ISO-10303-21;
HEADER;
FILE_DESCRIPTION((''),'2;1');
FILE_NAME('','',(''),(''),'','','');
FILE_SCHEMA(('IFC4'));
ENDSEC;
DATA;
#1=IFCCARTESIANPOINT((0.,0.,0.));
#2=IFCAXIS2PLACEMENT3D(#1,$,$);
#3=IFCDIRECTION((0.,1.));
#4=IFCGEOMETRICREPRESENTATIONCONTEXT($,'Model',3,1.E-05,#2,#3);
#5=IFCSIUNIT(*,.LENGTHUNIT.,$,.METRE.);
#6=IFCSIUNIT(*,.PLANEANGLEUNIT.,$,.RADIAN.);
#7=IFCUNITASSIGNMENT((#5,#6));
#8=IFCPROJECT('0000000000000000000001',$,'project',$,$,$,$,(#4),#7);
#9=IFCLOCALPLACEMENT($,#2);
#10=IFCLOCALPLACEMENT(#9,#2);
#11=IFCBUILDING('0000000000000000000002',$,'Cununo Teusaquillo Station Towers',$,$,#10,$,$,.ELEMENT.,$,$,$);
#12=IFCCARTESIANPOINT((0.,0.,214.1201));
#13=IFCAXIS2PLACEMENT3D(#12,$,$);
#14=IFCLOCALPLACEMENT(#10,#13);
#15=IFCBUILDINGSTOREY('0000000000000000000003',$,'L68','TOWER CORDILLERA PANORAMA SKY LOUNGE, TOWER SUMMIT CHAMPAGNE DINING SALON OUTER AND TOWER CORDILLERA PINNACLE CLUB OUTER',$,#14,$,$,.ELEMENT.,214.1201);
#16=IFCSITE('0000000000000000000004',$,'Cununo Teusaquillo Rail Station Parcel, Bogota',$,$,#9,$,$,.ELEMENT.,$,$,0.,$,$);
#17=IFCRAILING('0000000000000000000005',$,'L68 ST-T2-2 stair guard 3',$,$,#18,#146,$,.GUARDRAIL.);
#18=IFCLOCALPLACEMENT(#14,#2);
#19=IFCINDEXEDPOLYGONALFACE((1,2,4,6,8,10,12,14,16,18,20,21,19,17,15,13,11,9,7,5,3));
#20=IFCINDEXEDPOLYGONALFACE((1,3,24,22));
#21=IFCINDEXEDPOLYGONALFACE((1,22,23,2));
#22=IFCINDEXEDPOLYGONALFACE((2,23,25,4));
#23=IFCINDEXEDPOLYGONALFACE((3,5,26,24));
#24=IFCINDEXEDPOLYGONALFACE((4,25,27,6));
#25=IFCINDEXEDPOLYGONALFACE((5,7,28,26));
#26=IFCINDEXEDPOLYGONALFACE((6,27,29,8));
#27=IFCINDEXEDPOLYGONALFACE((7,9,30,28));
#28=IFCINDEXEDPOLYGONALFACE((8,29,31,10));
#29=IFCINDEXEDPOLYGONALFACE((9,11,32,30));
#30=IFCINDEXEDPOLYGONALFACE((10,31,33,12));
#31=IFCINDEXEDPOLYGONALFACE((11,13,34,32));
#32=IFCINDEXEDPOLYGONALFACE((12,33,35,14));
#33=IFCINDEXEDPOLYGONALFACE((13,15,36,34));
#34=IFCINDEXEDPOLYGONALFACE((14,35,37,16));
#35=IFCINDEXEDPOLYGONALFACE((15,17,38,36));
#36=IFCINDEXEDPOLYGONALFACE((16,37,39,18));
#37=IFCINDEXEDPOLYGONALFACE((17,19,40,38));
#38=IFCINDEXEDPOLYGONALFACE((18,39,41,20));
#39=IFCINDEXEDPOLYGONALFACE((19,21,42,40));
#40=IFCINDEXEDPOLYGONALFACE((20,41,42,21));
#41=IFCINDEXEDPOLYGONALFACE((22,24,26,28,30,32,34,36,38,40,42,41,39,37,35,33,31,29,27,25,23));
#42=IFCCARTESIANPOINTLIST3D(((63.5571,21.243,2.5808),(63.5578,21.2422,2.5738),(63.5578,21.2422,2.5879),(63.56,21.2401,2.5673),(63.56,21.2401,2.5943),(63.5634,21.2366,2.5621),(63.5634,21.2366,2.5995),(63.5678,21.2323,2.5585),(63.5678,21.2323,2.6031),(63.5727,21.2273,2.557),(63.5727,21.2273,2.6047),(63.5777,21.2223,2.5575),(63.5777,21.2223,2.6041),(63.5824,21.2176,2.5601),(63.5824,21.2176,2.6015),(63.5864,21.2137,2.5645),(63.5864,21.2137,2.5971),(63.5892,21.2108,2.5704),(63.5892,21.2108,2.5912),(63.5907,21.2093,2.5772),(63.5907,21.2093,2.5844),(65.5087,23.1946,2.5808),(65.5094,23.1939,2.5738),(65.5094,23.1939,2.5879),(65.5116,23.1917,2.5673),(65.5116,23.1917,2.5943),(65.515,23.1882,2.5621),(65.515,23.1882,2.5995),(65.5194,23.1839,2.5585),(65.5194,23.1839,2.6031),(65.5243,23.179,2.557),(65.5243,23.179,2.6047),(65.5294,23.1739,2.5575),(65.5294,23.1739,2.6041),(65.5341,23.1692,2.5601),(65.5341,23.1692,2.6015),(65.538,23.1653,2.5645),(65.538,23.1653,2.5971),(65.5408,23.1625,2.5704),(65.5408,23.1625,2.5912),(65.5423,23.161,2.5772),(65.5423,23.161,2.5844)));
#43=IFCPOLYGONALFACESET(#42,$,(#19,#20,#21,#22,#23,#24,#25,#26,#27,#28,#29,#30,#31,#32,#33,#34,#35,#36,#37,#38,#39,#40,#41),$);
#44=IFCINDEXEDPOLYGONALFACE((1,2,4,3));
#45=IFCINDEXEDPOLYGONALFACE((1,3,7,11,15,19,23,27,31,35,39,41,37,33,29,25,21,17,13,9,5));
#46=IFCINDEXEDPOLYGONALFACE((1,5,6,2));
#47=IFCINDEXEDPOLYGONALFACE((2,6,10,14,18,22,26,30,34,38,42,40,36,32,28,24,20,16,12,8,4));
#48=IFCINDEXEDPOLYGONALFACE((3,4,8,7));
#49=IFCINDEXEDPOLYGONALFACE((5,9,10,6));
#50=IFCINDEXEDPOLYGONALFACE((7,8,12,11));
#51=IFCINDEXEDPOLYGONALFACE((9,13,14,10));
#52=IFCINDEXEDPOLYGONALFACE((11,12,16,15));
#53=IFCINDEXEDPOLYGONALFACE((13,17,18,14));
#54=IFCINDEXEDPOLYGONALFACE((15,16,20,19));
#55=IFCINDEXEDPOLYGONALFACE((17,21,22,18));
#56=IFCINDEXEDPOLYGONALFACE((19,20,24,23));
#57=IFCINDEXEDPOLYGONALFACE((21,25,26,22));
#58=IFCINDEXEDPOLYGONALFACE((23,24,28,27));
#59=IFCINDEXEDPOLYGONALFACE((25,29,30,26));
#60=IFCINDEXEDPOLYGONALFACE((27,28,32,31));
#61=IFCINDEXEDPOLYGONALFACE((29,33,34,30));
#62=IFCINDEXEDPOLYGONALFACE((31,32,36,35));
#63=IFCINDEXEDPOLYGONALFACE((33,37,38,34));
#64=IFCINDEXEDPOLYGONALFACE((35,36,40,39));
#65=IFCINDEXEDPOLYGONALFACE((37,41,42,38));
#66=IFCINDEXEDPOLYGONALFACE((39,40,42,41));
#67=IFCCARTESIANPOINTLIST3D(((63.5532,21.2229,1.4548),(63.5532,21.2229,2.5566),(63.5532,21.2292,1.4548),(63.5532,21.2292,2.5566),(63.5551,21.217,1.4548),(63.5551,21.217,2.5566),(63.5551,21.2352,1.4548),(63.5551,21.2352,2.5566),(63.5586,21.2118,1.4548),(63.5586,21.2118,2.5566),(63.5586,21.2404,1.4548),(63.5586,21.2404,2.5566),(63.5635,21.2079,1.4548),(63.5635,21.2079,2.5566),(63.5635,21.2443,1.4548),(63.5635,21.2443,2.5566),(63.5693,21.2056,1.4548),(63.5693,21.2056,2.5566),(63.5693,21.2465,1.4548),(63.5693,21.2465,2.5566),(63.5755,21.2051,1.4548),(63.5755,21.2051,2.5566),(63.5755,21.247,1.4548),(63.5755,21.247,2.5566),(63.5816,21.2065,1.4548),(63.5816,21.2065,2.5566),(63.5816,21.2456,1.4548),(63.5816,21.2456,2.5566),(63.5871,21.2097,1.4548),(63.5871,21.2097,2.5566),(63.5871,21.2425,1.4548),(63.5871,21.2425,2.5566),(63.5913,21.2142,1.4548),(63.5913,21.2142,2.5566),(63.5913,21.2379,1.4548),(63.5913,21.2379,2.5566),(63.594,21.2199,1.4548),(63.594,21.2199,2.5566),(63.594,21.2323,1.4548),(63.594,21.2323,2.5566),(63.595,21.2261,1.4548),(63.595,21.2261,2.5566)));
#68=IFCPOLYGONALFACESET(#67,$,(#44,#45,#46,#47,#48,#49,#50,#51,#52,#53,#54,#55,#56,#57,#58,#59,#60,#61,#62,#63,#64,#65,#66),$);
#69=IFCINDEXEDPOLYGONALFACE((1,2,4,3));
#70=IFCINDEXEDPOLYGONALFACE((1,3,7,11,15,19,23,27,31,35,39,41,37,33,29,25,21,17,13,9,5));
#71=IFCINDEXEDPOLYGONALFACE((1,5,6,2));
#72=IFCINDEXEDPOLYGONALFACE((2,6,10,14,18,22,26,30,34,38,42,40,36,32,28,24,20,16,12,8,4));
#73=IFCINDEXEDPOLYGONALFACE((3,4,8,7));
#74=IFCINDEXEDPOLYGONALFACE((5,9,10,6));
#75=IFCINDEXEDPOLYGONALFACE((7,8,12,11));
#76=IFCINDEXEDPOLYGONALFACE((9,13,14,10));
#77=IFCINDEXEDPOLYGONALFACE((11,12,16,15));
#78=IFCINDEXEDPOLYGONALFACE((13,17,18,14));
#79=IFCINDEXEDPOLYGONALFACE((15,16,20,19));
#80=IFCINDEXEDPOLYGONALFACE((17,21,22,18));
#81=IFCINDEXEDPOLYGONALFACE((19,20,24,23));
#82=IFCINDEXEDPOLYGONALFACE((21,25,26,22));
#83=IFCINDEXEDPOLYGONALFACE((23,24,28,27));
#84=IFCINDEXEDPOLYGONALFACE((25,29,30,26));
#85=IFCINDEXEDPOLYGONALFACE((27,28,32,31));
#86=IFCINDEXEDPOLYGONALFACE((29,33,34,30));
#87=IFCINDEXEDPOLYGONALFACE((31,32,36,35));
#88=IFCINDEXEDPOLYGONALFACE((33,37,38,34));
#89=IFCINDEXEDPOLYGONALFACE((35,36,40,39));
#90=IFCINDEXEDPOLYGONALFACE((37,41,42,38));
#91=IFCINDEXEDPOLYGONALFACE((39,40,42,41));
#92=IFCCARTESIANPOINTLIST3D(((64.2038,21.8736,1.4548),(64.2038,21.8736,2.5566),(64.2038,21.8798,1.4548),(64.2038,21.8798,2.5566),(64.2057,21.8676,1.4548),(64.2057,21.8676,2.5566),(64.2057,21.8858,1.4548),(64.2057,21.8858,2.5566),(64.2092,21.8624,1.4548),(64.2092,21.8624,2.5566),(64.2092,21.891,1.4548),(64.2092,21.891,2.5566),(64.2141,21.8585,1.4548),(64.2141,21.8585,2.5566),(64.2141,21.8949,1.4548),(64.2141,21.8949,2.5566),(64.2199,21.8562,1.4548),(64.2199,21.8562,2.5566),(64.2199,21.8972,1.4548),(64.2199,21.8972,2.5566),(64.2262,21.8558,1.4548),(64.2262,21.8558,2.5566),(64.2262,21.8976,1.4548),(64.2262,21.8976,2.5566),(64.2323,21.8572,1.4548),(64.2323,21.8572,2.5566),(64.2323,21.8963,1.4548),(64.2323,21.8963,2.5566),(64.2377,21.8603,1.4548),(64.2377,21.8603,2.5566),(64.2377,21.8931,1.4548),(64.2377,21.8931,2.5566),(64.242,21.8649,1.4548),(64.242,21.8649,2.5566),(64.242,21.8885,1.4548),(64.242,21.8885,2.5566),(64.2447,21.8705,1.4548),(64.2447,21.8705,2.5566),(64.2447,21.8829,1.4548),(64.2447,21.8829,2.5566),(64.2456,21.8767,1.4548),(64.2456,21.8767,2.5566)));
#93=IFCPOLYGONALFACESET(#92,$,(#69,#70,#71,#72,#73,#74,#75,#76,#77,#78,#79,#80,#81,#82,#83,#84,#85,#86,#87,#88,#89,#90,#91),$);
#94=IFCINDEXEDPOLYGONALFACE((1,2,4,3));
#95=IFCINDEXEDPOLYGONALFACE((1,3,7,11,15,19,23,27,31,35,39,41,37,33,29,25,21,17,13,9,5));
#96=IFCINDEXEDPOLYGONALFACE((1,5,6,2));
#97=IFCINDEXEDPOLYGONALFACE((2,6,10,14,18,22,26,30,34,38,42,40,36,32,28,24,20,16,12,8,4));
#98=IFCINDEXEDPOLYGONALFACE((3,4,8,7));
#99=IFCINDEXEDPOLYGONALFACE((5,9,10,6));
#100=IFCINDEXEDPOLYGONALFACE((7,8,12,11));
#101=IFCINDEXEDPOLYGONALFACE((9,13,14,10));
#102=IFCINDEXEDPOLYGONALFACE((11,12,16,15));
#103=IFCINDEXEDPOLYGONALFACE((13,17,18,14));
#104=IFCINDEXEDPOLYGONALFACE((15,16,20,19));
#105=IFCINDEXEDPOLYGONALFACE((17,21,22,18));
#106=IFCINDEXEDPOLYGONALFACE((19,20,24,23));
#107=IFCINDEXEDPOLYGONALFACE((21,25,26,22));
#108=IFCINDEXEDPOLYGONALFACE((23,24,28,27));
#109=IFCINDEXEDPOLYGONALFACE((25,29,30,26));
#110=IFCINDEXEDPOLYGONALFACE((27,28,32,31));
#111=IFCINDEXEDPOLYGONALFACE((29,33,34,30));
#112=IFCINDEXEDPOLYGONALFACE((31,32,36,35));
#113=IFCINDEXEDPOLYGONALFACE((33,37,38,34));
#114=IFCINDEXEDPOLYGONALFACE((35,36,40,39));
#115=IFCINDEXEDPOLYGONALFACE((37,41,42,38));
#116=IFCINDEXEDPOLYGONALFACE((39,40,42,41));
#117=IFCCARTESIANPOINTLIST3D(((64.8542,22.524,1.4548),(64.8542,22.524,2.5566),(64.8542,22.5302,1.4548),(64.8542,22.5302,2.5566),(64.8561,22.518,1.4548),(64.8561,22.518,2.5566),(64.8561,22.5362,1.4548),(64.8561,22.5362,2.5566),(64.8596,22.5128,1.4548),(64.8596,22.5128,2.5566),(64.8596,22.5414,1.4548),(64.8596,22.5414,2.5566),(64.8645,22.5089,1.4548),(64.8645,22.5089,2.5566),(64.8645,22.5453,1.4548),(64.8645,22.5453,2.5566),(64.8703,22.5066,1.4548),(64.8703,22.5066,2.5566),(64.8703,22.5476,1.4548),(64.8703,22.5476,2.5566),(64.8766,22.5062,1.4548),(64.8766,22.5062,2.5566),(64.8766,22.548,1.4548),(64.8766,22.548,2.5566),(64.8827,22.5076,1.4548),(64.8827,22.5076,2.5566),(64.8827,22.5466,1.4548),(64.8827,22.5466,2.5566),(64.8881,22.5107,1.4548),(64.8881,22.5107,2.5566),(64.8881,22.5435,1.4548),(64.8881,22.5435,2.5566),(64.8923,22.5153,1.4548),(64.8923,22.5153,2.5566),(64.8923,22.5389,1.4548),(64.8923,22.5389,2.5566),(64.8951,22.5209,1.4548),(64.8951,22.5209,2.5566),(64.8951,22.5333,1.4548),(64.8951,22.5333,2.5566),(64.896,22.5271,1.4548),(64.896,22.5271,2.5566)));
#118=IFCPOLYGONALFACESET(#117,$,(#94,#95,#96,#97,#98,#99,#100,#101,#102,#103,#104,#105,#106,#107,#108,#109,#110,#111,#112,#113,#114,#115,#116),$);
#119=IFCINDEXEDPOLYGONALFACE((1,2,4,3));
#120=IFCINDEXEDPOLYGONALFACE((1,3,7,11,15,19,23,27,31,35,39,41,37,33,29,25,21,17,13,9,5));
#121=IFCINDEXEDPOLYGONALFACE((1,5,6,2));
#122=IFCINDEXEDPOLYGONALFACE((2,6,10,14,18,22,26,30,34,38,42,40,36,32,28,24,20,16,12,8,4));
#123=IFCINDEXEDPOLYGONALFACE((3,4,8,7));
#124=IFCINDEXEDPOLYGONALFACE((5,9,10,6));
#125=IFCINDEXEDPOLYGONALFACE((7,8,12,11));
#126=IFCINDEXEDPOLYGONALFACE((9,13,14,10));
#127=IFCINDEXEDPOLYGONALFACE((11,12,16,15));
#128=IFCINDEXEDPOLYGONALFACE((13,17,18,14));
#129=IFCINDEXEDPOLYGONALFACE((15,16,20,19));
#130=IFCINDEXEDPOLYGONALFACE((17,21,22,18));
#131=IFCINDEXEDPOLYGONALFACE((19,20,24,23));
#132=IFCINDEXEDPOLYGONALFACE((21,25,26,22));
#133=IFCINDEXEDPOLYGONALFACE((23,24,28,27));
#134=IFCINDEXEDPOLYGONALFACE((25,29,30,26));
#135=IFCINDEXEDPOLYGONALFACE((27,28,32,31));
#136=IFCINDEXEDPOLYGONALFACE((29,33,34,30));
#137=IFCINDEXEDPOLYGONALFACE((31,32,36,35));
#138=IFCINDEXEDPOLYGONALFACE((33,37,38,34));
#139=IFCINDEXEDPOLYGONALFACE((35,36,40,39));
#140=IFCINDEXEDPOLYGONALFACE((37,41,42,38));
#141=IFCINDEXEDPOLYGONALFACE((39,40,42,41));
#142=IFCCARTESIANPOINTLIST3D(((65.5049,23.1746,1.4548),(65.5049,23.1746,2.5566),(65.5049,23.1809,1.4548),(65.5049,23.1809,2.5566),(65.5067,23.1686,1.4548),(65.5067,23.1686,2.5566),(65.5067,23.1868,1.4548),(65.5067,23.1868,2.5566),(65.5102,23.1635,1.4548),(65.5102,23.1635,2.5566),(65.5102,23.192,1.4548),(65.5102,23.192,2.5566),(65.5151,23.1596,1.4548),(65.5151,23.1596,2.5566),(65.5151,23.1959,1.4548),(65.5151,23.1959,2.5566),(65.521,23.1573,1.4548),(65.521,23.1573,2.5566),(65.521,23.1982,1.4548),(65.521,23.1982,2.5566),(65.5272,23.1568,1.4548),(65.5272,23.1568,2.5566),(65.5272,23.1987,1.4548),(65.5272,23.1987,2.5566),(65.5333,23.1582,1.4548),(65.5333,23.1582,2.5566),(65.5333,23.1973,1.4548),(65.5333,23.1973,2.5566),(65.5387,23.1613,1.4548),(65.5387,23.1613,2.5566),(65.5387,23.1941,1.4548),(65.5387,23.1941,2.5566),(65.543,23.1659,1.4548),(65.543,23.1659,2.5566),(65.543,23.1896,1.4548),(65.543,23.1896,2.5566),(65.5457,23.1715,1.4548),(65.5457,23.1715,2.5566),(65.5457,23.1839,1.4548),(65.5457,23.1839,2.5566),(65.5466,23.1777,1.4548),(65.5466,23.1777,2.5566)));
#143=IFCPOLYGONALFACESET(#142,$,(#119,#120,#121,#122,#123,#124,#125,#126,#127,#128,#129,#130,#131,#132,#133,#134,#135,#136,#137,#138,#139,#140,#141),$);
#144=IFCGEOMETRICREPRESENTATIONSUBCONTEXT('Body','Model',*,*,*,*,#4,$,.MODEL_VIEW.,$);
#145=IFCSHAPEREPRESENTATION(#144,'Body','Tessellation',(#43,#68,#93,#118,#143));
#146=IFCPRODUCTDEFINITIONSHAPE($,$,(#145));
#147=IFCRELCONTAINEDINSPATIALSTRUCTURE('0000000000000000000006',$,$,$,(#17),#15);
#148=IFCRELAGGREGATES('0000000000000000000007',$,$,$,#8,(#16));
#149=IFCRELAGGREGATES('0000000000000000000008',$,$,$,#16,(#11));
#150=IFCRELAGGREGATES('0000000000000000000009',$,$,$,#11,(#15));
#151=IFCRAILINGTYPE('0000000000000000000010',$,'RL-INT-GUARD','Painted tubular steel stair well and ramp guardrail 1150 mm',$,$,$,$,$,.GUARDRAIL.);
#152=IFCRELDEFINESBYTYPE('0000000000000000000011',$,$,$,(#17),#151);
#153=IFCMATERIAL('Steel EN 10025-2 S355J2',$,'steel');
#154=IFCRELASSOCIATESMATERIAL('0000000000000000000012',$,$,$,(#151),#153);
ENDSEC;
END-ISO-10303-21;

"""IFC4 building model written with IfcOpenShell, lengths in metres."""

from ifc_helpers import new_model, si_unit, direction, frame, origin, origin_2d, place, context, subcontext, project, spatial, circle, extrude, material, type_object, element, save


model = new_model("IFC4")

# Units and contexts
model_context = context("Model", 3, precision=1e-05, world=origin(), true_north=direction((0.0, 1.0)))
body_context = subcontext(model_context, "Body", "Model", "MODEL_VIEW")
ifc_project = project(units=[si_unit("LENGTHUNIT", "METRE"), si_unit("PLANEANGLEUNIT", "RADIAN")], contexts=[model_context])

# Site, building, storey
site_placement = place(None, origin())
site = spatial("IfcSite", under=ifc_project, at=site_placement, Name="Cununo Teusaquillo Rail Station Parcel, Bogota", CompositionType="ELEMENT", RefElevation=0.0)
building_placement = place(site_placement, origin())
building = spatial("IfcBuilding", under=site, at=building_placement, Name="Cununo Teusaquillo Station Towers", CompositionType="ELEMENT")
storey_placement = place(building_placement, frame((0.0, 0.0, 214.1201)))
storey = spatial("IfcBuildingStorey", under=building, at=storey_placement, Name="L68", Description="TOWER CORDILLERA PANORAMA SKY LOUNGE, TOWER SUMMIT CHAMPAGNE DINING SALON OUTER AND TOWER CORDILLERA PINNACLE CLUB OUTER", CompositionType="ELEMENT", Elevation=214.1201)

# Railing
ifc_material_1 = material(Name="Steel EN 10025-2 S355J2", Category="steel")
railing_type = type_object("IfcRailingType", Name="RL-INT-GUARD", Description="Painted tubular steel stair well and ramp guardrail 1150 mm", PredefinedType="GUARDRAIL", material=ifc_material_1)
railing_1_placement = place(storey_placement, frame((63.574, 21.2261, 1.4548)))
element("IfcRailing", 1, at=railing_1_placement, inside=storey, type_object=railing_type, Name="L68 ST-T2-2 stair guard 3", PredefinedType="GUARDRAIL", context=body_context, shape_type="SweptSolid", body=[
    extrude(circle(Radius=0.0239, at=origin_2d()), frame((0.0, 0.0, 1.126), z_axis=(0.707107, 0.707107, 0.0), x_axis=(-0.707107, 0.707107, 0.0)), (0.0, 0.0, 1.0), 2.76),
    extrude(circle(Radius=0.021, at=origin_2d()), origin(), (0.0, 0.0, 1.0), 1.1018),
    extrude(circle(Radius=0.021, at=origin_2d()), frame((0.6506, 0.6506, 0.0)), (0.0, 0.0, 1.0), 1.1018),
    extrude(circle(Radius=0.021, at=origin_2d()), frame((1.301, 1.301, 0.0)), (0.0, 0.0, 1.0), 1.1018),
    extrude(circle(Radius=0.021, at=origin_2d()), frame((1.9517, 1.9517, 0.0)), (0.0, 0.0, 1.0), 1.1018),
])

save(model, "model.ifc")
